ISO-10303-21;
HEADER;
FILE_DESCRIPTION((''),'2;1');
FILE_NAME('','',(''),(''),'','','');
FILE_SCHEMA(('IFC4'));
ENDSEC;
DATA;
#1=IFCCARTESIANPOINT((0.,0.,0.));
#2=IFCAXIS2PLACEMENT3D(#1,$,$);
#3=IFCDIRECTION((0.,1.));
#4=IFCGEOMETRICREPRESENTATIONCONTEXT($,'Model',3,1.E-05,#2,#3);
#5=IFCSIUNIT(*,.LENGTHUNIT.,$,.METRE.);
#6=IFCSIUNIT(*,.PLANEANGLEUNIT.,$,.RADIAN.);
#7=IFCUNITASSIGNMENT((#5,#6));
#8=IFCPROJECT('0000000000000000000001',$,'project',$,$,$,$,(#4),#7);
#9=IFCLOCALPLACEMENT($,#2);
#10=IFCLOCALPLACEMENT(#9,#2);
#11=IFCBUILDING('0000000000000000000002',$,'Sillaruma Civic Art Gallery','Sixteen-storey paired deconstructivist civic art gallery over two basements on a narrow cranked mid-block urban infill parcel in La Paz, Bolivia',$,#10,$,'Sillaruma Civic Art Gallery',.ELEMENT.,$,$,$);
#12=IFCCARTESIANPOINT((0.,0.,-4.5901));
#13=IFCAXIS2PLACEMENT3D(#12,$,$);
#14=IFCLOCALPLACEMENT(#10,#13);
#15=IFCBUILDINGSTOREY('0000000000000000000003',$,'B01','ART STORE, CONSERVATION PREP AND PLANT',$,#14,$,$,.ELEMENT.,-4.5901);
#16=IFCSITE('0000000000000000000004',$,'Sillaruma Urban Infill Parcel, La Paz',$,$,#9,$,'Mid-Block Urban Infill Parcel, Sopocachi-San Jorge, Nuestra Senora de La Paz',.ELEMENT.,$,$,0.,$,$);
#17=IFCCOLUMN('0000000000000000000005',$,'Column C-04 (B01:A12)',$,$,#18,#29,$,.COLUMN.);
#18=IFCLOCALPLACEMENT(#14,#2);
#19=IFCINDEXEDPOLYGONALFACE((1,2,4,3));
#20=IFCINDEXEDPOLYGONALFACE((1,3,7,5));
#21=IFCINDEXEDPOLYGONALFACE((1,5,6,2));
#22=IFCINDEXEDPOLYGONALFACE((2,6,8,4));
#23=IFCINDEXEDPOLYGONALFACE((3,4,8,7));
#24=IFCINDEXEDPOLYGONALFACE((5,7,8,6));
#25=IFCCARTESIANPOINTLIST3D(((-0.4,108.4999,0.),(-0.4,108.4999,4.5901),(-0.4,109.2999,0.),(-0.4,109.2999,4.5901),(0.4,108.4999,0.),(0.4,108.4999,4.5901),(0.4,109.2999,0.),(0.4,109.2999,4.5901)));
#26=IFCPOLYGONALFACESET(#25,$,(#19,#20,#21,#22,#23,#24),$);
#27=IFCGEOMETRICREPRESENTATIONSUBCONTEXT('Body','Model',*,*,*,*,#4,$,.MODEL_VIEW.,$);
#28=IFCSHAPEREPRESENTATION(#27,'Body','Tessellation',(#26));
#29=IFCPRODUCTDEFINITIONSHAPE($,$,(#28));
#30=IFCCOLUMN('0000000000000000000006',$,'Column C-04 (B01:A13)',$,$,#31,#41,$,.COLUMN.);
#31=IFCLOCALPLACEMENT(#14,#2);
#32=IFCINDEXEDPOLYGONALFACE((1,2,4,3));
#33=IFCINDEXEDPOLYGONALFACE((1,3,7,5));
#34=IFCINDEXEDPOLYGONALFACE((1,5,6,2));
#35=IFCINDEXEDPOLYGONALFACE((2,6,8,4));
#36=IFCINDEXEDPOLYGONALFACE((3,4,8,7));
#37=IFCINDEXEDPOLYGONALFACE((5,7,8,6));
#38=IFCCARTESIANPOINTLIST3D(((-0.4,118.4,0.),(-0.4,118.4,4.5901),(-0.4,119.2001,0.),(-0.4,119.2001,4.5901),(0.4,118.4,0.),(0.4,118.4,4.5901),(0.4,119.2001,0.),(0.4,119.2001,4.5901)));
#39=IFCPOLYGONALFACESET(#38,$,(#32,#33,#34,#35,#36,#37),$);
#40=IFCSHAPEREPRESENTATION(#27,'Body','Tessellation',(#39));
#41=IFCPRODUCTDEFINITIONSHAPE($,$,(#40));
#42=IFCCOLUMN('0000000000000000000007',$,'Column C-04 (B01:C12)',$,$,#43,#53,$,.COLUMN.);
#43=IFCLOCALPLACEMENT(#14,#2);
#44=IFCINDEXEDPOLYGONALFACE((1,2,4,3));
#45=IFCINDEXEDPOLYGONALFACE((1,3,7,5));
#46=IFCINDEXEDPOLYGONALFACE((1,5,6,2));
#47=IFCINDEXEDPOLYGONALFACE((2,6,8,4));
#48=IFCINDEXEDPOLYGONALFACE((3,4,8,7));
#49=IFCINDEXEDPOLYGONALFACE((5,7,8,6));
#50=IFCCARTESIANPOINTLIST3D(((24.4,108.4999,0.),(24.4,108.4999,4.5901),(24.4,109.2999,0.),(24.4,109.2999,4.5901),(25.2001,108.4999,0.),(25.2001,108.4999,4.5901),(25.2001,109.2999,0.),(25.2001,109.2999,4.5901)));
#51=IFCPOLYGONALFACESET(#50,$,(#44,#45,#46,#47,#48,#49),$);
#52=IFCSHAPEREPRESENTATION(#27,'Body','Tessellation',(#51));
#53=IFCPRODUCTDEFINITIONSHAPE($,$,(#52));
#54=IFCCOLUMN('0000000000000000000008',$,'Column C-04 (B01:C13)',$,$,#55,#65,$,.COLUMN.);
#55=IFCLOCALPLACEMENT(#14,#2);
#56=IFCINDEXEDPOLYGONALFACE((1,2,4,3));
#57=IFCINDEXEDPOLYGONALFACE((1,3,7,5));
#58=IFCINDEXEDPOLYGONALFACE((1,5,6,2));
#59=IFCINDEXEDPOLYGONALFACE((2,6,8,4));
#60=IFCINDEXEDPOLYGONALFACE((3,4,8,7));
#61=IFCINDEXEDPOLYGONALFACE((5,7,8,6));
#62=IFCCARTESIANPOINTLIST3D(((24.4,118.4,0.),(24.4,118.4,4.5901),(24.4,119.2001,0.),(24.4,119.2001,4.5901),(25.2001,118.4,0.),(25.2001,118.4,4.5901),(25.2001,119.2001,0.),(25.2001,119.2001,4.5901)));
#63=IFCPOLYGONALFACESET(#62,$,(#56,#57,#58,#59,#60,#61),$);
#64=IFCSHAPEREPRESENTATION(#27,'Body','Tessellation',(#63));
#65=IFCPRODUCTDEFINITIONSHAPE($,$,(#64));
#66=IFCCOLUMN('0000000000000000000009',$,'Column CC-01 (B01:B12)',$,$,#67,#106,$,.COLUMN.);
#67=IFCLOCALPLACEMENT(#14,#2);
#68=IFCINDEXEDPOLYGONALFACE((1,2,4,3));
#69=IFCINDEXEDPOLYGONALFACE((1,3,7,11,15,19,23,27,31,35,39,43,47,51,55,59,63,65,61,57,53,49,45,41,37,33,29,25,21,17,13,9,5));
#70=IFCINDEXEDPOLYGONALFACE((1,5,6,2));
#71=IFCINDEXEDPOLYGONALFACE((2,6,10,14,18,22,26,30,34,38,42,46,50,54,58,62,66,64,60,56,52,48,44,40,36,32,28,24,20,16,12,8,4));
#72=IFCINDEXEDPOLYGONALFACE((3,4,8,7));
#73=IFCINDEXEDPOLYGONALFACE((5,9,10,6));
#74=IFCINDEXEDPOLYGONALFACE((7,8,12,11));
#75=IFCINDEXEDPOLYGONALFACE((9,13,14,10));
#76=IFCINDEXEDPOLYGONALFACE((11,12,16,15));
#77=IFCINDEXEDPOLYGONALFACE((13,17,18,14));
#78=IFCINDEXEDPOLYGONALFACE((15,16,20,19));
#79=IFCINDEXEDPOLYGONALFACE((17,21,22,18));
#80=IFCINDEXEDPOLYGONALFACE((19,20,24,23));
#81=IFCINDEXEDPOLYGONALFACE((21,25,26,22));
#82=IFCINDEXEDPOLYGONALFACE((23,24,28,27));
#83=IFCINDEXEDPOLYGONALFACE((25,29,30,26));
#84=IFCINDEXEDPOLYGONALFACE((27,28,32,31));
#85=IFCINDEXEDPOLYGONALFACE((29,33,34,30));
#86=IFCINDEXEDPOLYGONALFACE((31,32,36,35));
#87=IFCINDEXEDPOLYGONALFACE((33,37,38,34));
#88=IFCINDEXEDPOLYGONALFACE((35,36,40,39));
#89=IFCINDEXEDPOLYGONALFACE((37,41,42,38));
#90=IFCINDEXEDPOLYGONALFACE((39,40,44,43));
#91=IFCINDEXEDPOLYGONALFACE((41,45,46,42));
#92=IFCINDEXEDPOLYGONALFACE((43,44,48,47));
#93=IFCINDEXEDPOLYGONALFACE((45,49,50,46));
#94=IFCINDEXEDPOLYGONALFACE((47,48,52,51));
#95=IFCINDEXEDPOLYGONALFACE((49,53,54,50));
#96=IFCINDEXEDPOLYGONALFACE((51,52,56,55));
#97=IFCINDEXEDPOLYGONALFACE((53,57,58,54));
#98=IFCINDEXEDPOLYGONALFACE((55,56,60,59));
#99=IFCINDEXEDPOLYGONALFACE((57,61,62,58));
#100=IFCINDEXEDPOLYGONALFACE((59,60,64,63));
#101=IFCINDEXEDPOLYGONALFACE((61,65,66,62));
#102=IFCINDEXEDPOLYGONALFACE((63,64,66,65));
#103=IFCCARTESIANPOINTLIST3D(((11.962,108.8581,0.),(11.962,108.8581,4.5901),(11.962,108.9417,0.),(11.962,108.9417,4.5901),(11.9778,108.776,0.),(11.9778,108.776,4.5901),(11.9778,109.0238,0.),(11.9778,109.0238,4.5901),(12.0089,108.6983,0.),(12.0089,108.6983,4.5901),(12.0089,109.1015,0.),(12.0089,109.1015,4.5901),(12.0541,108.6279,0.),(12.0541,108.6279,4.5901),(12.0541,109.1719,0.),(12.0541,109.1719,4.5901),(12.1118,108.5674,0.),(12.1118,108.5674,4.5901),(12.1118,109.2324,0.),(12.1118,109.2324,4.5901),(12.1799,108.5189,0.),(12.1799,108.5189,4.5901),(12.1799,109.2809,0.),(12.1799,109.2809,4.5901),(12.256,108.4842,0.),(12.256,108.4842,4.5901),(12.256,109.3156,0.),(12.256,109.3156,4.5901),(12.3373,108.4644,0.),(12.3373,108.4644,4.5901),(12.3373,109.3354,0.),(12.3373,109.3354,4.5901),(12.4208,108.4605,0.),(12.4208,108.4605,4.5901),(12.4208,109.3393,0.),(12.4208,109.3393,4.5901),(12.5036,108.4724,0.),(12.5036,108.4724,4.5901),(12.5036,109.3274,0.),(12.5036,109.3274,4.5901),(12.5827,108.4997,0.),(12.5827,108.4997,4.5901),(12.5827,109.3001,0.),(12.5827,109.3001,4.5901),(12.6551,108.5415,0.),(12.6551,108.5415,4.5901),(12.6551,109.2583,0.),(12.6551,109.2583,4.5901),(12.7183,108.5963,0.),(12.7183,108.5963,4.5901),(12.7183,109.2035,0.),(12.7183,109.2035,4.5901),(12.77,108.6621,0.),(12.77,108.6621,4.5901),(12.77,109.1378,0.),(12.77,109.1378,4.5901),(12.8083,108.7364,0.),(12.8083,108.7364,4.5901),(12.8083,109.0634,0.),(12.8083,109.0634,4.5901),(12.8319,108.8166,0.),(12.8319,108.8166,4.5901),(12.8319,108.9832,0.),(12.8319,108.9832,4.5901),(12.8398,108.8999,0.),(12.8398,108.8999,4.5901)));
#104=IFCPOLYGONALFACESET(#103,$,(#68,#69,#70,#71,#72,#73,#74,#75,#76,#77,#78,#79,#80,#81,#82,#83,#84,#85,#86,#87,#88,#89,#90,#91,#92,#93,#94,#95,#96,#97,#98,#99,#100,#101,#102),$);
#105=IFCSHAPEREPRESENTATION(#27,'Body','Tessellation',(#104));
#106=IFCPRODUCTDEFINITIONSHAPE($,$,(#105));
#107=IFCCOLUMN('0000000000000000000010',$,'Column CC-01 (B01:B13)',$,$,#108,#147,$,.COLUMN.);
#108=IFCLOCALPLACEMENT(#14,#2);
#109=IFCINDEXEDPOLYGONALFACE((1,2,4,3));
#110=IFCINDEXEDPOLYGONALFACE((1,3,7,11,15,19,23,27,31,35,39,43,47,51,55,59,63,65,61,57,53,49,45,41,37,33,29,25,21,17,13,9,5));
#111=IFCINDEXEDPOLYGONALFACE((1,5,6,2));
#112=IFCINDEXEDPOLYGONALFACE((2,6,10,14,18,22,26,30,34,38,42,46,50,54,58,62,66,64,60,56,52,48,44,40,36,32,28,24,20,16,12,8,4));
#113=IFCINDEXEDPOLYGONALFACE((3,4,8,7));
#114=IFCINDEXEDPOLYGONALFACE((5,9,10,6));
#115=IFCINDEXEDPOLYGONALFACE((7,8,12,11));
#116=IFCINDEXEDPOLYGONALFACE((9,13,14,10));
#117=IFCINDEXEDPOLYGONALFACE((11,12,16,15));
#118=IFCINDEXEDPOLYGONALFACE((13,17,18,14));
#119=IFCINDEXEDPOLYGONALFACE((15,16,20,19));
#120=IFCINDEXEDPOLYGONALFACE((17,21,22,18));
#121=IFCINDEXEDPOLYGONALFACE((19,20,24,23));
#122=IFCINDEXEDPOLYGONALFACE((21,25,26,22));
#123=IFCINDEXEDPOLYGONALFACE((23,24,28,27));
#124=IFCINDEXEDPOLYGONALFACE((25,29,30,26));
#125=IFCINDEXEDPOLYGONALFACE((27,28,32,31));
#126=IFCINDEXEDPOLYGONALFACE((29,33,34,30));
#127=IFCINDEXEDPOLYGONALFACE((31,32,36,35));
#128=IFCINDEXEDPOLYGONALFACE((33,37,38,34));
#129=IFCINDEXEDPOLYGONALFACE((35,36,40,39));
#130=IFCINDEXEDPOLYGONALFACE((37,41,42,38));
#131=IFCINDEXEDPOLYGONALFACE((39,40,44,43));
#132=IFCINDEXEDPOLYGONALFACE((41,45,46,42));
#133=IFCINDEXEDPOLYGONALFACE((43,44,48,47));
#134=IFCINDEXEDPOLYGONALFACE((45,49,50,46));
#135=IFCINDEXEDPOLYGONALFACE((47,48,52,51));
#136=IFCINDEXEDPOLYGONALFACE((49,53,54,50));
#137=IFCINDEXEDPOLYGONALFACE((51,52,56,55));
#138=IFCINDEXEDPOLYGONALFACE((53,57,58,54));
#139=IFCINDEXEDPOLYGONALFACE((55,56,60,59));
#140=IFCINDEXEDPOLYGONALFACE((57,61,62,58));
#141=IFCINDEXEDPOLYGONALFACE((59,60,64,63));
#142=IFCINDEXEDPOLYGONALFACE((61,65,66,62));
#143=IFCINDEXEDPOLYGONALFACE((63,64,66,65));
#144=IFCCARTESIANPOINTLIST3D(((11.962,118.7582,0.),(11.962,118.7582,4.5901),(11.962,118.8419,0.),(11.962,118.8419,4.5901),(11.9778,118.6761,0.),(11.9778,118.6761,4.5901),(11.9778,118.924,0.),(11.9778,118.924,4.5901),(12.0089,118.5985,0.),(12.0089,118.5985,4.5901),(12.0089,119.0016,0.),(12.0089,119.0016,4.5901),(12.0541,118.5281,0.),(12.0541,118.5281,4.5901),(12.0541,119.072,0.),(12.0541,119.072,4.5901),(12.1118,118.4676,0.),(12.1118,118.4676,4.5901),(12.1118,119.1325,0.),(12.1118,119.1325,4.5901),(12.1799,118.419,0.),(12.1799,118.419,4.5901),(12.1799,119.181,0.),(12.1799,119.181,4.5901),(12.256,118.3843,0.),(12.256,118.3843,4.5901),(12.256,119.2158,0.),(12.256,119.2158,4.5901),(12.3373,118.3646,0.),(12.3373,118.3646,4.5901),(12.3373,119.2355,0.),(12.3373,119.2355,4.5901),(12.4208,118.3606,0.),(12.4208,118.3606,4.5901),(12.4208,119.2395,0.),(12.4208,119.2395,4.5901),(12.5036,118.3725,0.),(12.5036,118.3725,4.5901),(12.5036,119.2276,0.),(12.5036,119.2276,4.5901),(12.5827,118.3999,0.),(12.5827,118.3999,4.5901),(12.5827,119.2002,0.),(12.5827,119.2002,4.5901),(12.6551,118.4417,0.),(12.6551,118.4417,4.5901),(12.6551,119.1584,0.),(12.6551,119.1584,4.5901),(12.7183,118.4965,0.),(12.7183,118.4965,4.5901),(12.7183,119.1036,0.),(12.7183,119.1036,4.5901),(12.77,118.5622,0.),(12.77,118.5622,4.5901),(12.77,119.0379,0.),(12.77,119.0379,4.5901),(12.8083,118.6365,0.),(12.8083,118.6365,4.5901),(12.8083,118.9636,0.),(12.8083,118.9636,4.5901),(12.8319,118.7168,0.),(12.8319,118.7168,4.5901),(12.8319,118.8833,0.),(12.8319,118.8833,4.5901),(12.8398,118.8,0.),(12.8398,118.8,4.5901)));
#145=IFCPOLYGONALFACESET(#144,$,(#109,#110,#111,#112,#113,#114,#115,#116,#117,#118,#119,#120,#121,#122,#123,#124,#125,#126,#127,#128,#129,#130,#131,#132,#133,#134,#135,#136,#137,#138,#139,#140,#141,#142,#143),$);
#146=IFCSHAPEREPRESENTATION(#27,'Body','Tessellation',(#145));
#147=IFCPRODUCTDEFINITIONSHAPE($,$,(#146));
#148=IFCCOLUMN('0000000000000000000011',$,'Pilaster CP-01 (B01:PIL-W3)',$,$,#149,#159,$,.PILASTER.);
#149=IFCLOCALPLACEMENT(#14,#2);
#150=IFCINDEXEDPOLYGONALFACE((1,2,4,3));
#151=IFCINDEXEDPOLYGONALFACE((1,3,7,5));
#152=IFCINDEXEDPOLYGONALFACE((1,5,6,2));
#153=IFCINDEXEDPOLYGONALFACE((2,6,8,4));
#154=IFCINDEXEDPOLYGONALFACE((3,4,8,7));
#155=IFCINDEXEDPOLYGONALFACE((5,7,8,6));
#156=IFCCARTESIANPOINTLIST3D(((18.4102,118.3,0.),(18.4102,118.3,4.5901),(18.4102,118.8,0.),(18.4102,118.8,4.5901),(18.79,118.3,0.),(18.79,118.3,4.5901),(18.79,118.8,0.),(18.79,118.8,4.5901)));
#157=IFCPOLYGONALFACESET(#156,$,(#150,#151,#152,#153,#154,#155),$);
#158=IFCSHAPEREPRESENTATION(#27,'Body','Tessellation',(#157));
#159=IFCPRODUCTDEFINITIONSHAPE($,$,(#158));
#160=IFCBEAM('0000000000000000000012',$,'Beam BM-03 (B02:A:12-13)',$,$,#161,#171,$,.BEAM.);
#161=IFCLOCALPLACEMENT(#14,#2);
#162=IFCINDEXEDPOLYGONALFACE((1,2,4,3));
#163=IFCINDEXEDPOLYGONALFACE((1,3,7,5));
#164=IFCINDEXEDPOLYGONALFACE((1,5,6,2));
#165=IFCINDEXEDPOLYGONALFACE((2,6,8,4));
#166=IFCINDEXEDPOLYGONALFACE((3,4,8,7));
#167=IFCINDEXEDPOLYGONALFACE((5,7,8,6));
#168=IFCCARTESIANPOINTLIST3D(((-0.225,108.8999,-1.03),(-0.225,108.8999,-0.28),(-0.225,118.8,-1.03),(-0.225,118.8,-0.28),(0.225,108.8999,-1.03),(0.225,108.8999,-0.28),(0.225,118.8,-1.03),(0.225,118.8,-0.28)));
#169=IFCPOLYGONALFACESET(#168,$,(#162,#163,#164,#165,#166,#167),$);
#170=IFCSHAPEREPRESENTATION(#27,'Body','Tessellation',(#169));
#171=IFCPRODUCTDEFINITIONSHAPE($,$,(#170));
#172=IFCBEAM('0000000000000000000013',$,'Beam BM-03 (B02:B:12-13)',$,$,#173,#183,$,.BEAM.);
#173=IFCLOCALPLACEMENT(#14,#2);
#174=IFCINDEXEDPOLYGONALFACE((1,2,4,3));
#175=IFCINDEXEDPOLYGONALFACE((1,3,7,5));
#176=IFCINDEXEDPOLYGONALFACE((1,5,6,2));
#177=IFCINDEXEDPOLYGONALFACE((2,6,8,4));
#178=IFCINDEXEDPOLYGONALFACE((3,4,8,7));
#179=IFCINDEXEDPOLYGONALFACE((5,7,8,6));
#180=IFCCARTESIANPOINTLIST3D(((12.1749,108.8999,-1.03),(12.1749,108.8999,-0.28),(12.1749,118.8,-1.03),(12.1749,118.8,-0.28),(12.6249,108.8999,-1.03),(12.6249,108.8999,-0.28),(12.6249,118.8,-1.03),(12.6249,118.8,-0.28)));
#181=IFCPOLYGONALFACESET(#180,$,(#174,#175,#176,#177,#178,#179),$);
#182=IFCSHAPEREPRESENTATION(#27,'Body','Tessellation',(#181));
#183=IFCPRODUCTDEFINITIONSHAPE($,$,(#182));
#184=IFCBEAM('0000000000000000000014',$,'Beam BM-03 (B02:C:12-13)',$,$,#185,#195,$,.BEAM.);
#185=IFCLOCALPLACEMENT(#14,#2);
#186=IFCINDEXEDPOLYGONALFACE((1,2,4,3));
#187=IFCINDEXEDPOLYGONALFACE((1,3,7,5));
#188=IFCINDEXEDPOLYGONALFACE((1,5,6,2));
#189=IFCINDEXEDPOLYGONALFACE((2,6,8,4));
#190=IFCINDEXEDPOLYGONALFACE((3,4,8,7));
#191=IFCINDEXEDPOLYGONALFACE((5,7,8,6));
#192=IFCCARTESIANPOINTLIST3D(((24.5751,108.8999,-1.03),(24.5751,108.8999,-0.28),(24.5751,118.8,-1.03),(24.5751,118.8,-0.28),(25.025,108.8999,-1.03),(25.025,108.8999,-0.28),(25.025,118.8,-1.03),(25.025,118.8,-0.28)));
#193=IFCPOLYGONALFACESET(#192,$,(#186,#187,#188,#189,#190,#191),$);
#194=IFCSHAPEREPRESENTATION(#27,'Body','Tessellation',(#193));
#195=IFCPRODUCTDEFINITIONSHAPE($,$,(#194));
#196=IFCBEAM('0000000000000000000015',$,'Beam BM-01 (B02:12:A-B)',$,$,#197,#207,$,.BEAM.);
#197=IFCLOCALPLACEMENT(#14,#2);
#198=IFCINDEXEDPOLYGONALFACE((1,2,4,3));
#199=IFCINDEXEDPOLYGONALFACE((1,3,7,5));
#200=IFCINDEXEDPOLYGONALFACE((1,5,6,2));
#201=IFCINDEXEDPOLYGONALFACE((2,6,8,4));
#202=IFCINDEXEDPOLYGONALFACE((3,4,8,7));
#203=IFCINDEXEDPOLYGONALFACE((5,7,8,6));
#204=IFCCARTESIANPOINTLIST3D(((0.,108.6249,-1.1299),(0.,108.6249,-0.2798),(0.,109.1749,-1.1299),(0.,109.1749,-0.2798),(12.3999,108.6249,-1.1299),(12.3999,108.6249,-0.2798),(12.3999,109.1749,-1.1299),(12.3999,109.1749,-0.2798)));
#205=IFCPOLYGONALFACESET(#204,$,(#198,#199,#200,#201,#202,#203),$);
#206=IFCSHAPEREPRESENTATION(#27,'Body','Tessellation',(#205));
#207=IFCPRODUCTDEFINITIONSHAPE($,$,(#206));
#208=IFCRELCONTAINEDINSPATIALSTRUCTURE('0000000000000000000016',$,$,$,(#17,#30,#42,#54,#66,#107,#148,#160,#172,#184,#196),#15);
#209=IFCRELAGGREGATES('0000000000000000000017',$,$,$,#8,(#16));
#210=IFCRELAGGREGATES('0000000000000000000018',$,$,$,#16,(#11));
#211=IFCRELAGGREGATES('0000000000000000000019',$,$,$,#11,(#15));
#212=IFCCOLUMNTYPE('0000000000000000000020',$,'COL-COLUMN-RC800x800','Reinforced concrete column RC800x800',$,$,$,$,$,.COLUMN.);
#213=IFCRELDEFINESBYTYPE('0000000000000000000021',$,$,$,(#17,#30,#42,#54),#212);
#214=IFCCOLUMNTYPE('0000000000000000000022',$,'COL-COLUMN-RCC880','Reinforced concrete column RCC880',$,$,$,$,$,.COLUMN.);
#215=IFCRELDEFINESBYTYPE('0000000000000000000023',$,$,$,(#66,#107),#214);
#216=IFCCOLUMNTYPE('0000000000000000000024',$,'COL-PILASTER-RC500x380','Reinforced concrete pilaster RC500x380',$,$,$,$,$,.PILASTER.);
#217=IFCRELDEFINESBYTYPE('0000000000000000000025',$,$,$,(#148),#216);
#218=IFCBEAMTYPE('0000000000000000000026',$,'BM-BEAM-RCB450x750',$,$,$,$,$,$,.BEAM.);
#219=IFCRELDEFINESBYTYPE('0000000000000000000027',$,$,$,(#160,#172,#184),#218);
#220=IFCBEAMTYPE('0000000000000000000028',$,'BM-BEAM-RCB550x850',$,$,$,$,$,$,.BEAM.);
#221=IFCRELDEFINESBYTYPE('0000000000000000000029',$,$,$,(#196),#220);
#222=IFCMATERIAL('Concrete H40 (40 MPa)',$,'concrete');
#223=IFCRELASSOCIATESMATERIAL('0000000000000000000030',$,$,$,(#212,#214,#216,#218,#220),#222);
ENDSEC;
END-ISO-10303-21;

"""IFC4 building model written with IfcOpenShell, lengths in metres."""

from ifc_helpers import new_model, si_unit, direction, frame, origin, origin_2d, place, context, subcontext, project, spatial, rectangle, circle, extrude, material, material_profile, profile_set, type_object, element, save


model = new_model("IFC4")

# Units and contexts
model_context = context("Model", 3, precision=1e-05, world=origin(), true_north=direction((0.0, 1.0)))
body_context = subcontext(model_context, "Body", "Model", "MODEL_VIEW")
ifc_project = project(units=[si_unit("LENGTHUNIT", "METRE"), si_unit("PLANEANGLEUNIT", "RADIAN")], contexts=[model_context])

# Site, building, storey
site_placement = place(None, origin())
site = spatial("IfcSite", under=ifc_project, at=site_placement, Name="Sillaruma Urban Infill Parcel, La Paz", LongName="Mid-Block Urban Infill Parcel, Sopocachi-San Jorge, Nuestra Senora de La Paz", CompositionType="ELEMENT", RefElevation=0.0)
building_placement = place(site_placement, origin())
building = spatial("IfcBuilding", under=site, at=building_placement, Name="Sillaruma Civic Art Gallery", Description="Sixteen-storey paired deconstructivist civic art gallery over two basements on a narrow cranked mid-block urban infill parcel in La Paz, Bolivia", LongName="Sillaruma Civic Art Gallery", CompositionType="ELEMENT")
storey_placement = place(building_placement, frame((0.0, 0.0, -4.5901)))
storey = spatial("IfcBuildingStorey", under=building, at=storey_placement, Name="B01", Description="ART STORE, CONSERVATION PREP AND PLANT", CompositionType="ELEMENT", Elevation=-4.5901)

# Columns
ifc_material_1 = material(Name="Concrete H40 (40 MPa)", Category="concrete")
ifc_material_profile_1 = material_profile(ifc_material_1, rectangle(XDim=0.8, YDim=0.8, at=origin_2d()), Name="RC800x800")
ifc_profile_set_1 = profile_set([ifc_material_profile_1], Name="Concrete H40 (40 MPa)")
column_type_1 = type_object("IfcColumnType", Name="COL-COLUMN-RC800x800", Description="Reinforced concrete column RC800x800", PredefinedType="COLUMN", material=ifc_profile_set_1)
for number, where, z_axis, x_axis, name in (
    (1, (0.0, 108.8999, 0.0), (0.0, 0.0, 1.0), (1.0, 0.0, 0.0), "Column C-04 (B01:A12)"),
    (2, (0.0, 118.8, 0.0), (0.0, 0.0, 1.0), (1.0, 0.0, 0.0), "Column C-04 (B01:A13)"),
    (3, (24.8, 108.8999, 0.0), (0.0, 0.0, 1.0), (1.0, 0.0, 0.0), "Column C-04 (B01:C12)"),
    (4, (24.8, 118.8, 0.0), (0.0, 0.0, 1.0), (1.0, 0.0, 0.0), "Column C-04 (B01:C13)"),
):
    element("IfcColumn", number, at=place(storey_placement, frame(where, z_axis=z_axis, x_axis=x_axis)), inside=storey, type_object=column_type_1, Name=name, PredefinedType="COLUMN", context=body_context, shape_type="SweptSolid", body=[
        extrude(rectangle(XDim=0.8, YDim=0.8, at=origin_2d()), origin(), (0.0, 0.0, 1.0), 4.5901),
    ])
ifc_material_profile_2 = material_profile(ifc_material_1, circle(Radius=0.4399, at=origin_2d()), Name="RCC880")
ifc_profile_set_2 = profile_set([ifc_material_profile_2], Name="Concrete H40 (40 MPa)")
column_type_2 = type_object("IfcColumnType", Name="COL-COLUMN-RCC880", Description="Reinforced concrete column RCC880", PredefinedType="COLUMN", material=ifc_profile_set_2)
for number, where, z_axis, x_axis, name in (
    (5, (12.3999, 108.8999, 0.0), (0.0, 0.0, 1.0), (1.0, 0.0, 0.0), "Column CC-01 (B01:B12)"),
    (6, (12.3999, 118.8, 0.0), (0.0, 0.0, 1.0), (1.0, 0.0, 0.0), "Column CC-01 (B01:B13)"),
):
    element("IfcColumn", number, at=place(storey_placement, frame(where, z_axis=z_axis, x_axis=x_axis)), inside=storey, type_object=column_type_2, Name=name, PredefinedType="COLUMN", context=body_context, shape_type="SweptSolid", body=[
        extrude(circle(Radius=0.4399, at=origin_2d()), origin(), (0.0, 0.0, 1.0), 4.5901),
    ])
ifc_material_profile_3 = material_profile(ifc_material_1, rectangle(XDim=0.3799, YDim=0.5, at=origin_2d()), Name="RC500x380")
ifc_profile_set_3 = profile_set([ifc_material_profile_3], Name="Concrete H40 (40 MPa)")
column_type_3 = type_object("IfcColumnType", Name="COL-PILASTER-RC500x380", Description="Reinforced concrete pilaster RC500x380", PredefinedType="PILASTER", material=ifc_profile_set_3)
column_placement = place(storey_placement, frame((18.6001, 118.55, 0.0), z_axis=(0.0, 0.0, 1.0), x_axis=(1.0, 0.0, 0.0)))
element("IfcColumn", 7, at=column_placement, inside=storey, type_object=column_type_3, Name="Pilaster CP-01 (B01:PIL-W3)", PredefinedType="PILASTER", context=body_context, shape_type="SweptSolid", body=[
    extrude(rectangle(XDim=0.3799, YDim=0.5, at=origin_2d()), origin(), (0.0, 0.0, 1.0), 4.5901),
])

# Beams
ifc_material_profile_4 = material_profile(ifc_material_1, rectangle(XDim=0.45, YDim=0.75, at=origin_2d()), Name="RCB450x750")
ifc_profile_set_4 = profile_set([ifc_material_profile_4], Name="Concrete H40 (40 MPa)")
beam_type_1 = type_object("IfcBeamType", Name="BM-BEAM-RCB450x750", PredefinedType="BEAM", material=ifc_profile_set_4)
for number, where, z_axis, x_axis, name in (
    (8, (0.0, 108.8999, -0.655), (0.0, 1.0, 0.0), (-1.0, 0.0, 0.0), "Beam BM-03 (B02:A:12-13)"),
    (9, (12.3999, 108.8999, -0.655), (0.0, 1.0, 0.0), (-1.0, 0.0, 0.0), "Beam BM-03 (B02:B:12-13)"),
    (10, (24.8, 108.8999, -0.655), (0.0, 1.0, 0.0), (-1.0, 0.0, 0.0), "Beam BM-03 (B02:C:12-13)"),
):
    element("IfcBeam", number, at=place(storey_placement, frame(where, z_axis=z_axis, x_axis=x_axis)), inside=storey, type_object=beam_type_1, Name=name, PredefinedType="BEAM", context=body_context, shape_type="SweptSolid", body=[
        extrude(rectangle(XDim=0.45, YDim=0.75, at=origin_2d()), origin(), (0.0, 0.0, 1.0), 9.9001),
    ])
ifc_material_profile_5 = material_profile(ifc_material_1, rectangle(XDim=0.55, YDim=0.8501, at=origin_2d()), Name="RCB550x850")
ifc_profile_set_5 = profile_set([ifc_material_profile_5], Name="Concrete H40 (40 MPa)")
beam_type_2 = type_object("IfcBeamType", Name="BM-BEAM-RCB550x850", PredefinedType="BEAM", material=ifc_profile_set_5)
beam_1_placement = place(storey_placement, frame((0.0, 108.8999, -0.7048), z_axis=(1.0, 0.0, 0.0), x_axis=(0.0, 1.0, 0.0)))
element("IfcBeam", 11, at=beam_1_placement, inside=storey, type_object=beam_type_2, Name="Beam BM-01 (B02:12:A-B)", PredefinedType="BEAM", context=body_context, shape_type="SweptSolid", body=[
    extrude(rectangle(XDim=0.55, YDim=0.8501, at=origin_2d()), origin(), (0.0, 0.0, 1.0), 12.3999),
])

save(model, "model.ifc")
